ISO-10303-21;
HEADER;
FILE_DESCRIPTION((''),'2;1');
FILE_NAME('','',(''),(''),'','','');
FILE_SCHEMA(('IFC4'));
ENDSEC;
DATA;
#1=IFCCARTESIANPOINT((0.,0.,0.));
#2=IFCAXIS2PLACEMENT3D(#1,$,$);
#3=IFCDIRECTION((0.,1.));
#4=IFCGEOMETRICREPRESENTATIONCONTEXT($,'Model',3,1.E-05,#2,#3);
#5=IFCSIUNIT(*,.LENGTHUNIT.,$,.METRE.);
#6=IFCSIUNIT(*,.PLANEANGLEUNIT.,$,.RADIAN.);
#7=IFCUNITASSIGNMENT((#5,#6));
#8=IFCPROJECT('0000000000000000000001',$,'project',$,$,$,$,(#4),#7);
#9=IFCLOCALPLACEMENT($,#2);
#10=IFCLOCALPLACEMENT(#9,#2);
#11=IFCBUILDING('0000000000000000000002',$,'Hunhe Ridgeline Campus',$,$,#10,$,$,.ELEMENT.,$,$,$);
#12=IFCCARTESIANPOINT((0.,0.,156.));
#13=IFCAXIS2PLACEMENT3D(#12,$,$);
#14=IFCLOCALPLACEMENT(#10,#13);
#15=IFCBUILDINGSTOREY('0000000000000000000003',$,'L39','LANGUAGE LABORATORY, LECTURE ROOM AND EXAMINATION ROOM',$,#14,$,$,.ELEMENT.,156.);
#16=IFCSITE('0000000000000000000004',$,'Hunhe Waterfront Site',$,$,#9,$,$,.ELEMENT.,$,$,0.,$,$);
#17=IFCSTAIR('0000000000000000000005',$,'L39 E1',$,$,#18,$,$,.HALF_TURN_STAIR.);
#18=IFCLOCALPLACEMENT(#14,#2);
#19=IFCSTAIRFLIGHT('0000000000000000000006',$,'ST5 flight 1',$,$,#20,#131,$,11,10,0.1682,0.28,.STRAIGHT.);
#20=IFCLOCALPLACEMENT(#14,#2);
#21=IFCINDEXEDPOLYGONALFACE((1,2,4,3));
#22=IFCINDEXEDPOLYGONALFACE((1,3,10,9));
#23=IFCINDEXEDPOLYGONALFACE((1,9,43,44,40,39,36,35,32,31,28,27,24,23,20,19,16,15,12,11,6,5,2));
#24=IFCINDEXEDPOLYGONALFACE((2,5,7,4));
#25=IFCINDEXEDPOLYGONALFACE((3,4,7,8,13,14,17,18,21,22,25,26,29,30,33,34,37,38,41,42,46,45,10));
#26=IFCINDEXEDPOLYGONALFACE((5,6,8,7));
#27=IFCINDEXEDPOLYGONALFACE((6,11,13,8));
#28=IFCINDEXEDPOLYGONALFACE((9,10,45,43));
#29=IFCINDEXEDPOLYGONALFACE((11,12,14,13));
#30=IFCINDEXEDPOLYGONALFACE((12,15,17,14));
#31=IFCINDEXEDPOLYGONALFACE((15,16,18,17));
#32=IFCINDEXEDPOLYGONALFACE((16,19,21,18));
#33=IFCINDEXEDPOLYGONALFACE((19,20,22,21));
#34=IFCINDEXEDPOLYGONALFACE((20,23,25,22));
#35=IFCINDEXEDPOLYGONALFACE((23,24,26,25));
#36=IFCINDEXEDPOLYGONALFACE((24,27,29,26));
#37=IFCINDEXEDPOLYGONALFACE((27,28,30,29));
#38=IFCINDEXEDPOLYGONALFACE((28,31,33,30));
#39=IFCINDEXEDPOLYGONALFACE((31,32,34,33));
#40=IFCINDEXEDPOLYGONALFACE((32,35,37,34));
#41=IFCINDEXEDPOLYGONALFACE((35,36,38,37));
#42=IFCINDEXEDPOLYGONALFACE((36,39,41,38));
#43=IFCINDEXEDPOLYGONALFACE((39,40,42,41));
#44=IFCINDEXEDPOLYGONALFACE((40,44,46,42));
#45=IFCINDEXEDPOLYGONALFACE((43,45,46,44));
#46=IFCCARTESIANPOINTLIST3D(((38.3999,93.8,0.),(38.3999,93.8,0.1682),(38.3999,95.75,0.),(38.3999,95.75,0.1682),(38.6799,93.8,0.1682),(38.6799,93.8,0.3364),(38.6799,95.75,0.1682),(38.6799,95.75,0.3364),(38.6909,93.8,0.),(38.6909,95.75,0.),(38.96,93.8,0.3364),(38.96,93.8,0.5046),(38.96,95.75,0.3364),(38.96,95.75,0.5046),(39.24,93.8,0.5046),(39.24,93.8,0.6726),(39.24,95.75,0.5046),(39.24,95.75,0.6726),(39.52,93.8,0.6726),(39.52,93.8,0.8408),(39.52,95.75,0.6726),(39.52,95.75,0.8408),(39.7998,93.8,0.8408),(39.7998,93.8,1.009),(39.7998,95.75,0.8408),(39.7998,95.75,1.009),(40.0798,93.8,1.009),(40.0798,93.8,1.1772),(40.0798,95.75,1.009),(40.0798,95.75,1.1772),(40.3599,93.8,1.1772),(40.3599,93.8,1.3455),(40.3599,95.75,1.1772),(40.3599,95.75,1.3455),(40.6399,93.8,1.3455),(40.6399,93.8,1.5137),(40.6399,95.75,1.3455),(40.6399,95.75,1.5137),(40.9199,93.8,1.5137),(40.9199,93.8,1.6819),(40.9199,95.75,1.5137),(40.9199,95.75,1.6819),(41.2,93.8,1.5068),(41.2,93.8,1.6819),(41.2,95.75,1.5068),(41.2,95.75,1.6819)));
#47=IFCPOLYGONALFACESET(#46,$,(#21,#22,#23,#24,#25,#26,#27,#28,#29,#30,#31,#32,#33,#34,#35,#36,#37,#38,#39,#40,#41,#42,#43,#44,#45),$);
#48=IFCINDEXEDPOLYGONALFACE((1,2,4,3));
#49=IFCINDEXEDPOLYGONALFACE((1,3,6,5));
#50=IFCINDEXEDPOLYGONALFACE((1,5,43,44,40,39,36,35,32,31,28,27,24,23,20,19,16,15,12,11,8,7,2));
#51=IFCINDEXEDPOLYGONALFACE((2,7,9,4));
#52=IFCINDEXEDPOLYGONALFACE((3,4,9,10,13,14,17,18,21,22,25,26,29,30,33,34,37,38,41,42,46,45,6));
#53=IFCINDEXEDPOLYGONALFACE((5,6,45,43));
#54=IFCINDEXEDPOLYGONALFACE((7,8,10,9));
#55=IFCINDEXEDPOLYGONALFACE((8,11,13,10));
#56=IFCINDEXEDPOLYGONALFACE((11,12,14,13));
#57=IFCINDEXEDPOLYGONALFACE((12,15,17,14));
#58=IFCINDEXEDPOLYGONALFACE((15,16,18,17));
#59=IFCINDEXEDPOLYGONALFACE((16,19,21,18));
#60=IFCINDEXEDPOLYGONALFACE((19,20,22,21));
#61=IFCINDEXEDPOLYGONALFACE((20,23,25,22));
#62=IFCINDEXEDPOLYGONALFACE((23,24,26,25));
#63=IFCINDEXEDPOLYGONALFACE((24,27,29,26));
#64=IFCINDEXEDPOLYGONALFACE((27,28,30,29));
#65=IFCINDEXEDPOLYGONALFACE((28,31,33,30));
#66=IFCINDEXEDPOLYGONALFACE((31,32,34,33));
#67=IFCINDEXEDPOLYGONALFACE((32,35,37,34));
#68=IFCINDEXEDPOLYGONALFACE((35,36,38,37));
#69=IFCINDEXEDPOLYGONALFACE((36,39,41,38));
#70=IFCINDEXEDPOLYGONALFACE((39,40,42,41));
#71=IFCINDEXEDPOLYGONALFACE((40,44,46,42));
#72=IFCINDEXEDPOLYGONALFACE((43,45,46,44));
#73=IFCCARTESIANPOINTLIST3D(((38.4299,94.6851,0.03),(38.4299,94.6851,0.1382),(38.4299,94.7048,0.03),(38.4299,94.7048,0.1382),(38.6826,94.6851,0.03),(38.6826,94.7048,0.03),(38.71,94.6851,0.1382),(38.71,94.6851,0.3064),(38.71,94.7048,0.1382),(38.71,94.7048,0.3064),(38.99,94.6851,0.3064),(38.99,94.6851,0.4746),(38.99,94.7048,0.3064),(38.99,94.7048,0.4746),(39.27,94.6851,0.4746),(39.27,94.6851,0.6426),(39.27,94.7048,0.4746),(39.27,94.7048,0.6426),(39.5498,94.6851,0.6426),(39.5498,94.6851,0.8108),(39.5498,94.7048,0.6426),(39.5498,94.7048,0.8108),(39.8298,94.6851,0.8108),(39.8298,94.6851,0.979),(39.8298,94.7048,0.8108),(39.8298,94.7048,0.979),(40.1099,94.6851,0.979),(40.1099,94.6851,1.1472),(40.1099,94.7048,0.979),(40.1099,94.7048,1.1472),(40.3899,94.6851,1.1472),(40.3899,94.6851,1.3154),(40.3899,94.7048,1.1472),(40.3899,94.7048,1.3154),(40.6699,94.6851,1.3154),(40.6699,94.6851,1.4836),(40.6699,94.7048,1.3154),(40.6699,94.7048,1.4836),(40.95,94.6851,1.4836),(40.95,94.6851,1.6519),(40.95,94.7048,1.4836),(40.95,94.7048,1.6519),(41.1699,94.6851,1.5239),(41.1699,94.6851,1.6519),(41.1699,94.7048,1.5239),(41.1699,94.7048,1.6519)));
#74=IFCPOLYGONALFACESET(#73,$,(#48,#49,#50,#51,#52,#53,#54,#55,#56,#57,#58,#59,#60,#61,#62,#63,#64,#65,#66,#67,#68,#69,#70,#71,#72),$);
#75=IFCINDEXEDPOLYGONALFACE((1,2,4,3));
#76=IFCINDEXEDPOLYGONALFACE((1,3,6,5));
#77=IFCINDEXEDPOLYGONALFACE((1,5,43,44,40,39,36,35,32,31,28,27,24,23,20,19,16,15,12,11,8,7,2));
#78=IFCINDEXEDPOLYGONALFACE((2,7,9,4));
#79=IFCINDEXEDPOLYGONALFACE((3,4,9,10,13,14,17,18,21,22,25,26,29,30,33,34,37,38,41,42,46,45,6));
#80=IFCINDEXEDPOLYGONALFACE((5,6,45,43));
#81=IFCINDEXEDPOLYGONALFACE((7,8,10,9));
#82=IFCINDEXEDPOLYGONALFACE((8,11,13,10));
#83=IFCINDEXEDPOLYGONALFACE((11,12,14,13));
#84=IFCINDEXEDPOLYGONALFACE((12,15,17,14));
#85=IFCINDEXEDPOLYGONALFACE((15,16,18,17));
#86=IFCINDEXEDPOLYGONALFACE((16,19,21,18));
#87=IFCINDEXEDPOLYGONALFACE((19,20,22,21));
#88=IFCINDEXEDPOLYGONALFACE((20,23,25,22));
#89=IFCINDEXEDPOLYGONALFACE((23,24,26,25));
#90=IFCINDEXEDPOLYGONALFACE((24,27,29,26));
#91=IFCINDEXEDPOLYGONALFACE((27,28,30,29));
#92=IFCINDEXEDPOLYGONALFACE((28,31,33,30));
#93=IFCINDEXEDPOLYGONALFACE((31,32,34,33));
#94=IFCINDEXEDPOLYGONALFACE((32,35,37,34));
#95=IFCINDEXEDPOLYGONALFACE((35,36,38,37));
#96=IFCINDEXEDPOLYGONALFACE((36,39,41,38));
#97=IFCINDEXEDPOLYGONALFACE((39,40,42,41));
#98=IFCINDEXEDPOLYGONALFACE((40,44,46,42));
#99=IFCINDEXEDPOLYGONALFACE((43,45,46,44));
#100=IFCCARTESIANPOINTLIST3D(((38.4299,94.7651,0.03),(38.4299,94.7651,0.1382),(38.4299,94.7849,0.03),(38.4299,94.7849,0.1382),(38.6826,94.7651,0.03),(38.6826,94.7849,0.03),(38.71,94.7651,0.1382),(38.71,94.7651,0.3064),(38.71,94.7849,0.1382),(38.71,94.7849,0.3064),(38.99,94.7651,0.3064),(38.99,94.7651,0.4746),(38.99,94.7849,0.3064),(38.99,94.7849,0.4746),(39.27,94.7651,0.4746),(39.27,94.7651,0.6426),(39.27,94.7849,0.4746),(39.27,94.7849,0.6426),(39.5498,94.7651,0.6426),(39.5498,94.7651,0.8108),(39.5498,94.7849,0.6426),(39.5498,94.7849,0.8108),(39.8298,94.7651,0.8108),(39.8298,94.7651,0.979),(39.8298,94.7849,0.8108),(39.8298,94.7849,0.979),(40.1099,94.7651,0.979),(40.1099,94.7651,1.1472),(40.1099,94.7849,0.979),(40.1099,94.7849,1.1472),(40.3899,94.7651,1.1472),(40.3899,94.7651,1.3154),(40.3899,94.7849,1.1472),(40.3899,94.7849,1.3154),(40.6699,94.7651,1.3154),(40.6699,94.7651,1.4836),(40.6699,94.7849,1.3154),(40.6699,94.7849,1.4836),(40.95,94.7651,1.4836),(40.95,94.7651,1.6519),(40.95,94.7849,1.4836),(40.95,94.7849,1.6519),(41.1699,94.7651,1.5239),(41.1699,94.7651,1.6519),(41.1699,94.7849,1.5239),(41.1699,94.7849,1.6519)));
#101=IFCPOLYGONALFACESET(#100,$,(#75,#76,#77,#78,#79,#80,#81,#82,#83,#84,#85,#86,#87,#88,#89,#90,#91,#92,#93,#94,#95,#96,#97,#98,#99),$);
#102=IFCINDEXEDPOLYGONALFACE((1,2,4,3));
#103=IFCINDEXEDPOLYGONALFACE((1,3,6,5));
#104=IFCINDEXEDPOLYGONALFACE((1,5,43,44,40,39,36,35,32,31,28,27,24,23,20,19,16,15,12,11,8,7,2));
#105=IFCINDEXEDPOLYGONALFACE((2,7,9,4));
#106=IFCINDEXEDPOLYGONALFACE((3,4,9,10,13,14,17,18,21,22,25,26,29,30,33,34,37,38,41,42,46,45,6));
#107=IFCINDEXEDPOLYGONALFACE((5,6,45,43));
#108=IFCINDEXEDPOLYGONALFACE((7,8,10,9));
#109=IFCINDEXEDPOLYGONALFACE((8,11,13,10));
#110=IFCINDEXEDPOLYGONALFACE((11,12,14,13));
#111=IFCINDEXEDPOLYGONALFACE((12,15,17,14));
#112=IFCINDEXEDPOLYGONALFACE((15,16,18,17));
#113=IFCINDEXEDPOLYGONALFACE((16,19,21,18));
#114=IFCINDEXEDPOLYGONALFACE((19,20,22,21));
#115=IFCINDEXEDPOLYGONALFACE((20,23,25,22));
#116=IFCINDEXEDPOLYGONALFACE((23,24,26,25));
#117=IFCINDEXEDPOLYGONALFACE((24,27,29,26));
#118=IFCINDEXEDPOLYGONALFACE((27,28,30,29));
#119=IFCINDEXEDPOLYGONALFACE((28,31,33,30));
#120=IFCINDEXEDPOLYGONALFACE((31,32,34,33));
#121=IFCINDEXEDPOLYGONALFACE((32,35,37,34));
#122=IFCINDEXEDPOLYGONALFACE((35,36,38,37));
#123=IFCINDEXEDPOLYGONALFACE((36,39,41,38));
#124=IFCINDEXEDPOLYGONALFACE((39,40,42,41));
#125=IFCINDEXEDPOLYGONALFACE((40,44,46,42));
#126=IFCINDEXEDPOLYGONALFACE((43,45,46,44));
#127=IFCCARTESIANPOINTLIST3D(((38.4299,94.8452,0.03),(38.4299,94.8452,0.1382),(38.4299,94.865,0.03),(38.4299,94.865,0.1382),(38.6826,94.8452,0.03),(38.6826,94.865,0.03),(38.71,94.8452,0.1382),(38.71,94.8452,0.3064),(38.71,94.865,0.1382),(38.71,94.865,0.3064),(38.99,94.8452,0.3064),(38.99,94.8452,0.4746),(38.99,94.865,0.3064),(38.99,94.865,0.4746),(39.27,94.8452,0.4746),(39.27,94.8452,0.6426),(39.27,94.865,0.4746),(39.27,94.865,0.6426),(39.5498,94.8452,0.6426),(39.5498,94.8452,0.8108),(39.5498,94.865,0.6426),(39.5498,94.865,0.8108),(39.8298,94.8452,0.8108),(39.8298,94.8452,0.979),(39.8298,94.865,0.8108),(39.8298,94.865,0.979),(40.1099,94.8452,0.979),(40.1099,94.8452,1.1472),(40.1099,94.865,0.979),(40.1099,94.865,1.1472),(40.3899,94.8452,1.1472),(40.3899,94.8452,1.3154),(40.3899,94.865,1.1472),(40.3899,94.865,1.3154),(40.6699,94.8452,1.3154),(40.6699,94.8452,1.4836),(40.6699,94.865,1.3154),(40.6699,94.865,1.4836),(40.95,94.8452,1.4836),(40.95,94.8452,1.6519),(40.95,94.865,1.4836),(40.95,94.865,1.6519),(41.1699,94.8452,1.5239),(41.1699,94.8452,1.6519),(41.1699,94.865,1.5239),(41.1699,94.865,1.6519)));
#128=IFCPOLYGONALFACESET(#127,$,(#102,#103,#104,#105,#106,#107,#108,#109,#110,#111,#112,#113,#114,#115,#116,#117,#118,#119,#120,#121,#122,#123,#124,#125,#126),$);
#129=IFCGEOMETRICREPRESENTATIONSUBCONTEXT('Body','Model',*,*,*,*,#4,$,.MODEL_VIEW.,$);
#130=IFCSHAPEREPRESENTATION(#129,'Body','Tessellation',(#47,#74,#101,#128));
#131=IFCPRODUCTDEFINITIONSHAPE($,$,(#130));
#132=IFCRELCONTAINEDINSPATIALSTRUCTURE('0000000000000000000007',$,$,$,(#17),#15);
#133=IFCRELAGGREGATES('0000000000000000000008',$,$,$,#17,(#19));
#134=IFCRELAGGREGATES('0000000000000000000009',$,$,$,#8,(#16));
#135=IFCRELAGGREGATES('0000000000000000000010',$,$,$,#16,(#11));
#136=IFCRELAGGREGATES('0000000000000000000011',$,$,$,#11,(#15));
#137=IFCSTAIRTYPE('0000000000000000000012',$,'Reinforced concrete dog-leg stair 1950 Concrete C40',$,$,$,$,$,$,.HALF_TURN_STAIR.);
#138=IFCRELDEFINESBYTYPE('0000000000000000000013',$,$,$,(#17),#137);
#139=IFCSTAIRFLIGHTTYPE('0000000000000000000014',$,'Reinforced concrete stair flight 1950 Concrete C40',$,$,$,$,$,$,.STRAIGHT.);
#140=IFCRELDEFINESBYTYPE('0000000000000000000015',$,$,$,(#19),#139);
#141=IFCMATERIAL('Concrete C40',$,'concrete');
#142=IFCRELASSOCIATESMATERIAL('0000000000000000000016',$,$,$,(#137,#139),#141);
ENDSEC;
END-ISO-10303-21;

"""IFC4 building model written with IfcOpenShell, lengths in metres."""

from ifc_helpers import new_model, si_unit, direction, frame, origin, place, context, subcontext, project, spatial, polyline, outline, extrude, material, type_object, element, aggregate, save


model = new_model("IFC4")

# Units and contexts
model_context = context("Model", 3, precision=1e-05, world=origin(), true_north=direction((0.0, 1.0)))
body_context = subcontext(model_context, "Body", "Model", "MODEL_VIEW")
ifc_project = project(units=[si_unit("LENGTHUNIT", "METRE"), si_unit("PLANEANGLEUNIT", "RADIAN")], contexts=[model_context])

# Site, building, storey
site_placement = place(None, origin())
site = spatial("IfcSite", under=ifc_project, at=site_placement, Name="Hunhe Waterfront Site", CompositionType="ELEMENT", RefElevation=0.0)
building_placement = place(site_placement, origin())
building = spatial("IfcBuilding", under=site, at=building_placement, Name="Hunhe Ridgeline Campus", CompositionType="ELEMENT")
storey_placement = place(building_placement, frame((0.0, 0.0, 156.0)))
storey = spatial("IfcBuildingStorey", under=building, at=storey_placement, Name="L39", Description="LANGUAGE LABORATORY, LECTURE ROOM AND EXAMINATION ROOM", CompositionType="ELEMENT", Elevation=156.0)

# Stair, stair flight
ifc_material_1 = material(Name="Concrete C40", Category="concrete")
stair_type = type_object("IfcStairType", Name="Reinforced concrete dog-leg stair 1950 Concrete C40", PredefinedType="HALF_TURN_STAIR", material=ifc_material_1)
stair_flight_type = type_object("IfcStairFlightType", Name="Reinforced concrete stair flight 1950 Concrete C40", PredefinedType="STRAIGHT", material=ifc_material_1)
stair_1_placement = place(storey_placement, origin())
stair_1 = element("IfcStair", 1, at=stair_1_placement, inside=storey, type_object=stair_type, Name="L39 E1", PredefinedType="HALF_TURN_STAIR")
stair_flight_1_placement = place(storey_placement, frame((38.3999, 94.7749, 0.0), z_axis=(0.0, 0.0, 1.0), x_axis=(1.0, 0.0, 0.0)))
stair_flight_1 = element("IfcStairFlight", 2, at=stair_flight_1_placement, type_object=stair_flight_type, Name="ST5 flight 1", NumberOfRisers=11, NumberOfTreads=10, PredefinedType="STRAIGHT", RiserHeight=0.1682, TreadLength=0.28, context=body_context, shape_type="SweptSolid", body=[
    extrude(outline(polyline([(0.0, 0.0), (0.0, 0.1682), (0.28, 0.1682), (0.28, 0.3364), (0.5601, 0.3364), (0.5601, 0.5046), (0.8401, 0.5046), (0.8401, 0.6726), (1.1201, 0.6726), (1.1201, 0.8408), (1.3999, 0.8408), (1.3999, 1.009), (1.6799, 1.009), (1.6799, 1.1772), (1.96, 1.1772), (1.96, 1.3455), (2.24, 1.3455), (2.24, 1.5137), (2.52, 1.5137), (2.52, 1.6819), (2.8, 1.6819), (2.8, 1.8501), (2.8, 1.5068), (0.291, 0.0), (0.0, 0.0)])), frame((0.0, 0.9751, 0.0), z_axis=(0.0, -1.0, 0.0), x_axis=(1.0, 0.0, 0.0)), (0.0, 0.0, 1.0), 1.95),
    extrude(outline(polyline([(0.03, 0.03), (0.03, 0.1382), (0.3101, 0.1382), (0.3101, 0.3064), (0.5901, 0.3064), (0.5901, 0.4746), (0.8701, 0.4746), (0.8701, 0.6426), (1.1499, 0.6426), (1.1499, 0.8108), (1.4299, 0.8108), (1.4299, 0.979), (1.71, 0.979), (1.71, 1.1472), (1.99, 1.1472), (1.99, 1.3154), (2.27, 1.3154), (2.27, 1.4836), (2.55, 1.4836), (2.55, 1.6519), (2.77, 1.6519), (2.77, 1.5239), (0.2827, 0.03), (0.03, 0.03)])), frame((0.0, -0.0701, 0.0), z_axis=(0.0, -1.0, 0.0), x_axis=(1.0, 0.0, 0.0)), (0.0, 0.0, 1.0), 0.0198),
    extrude(outline(polyline([(0.03, 0.03), (0.03, 0.1382), (0.3101, 0.1382), (0.3101, 0.3064), (0.5901, 0.3064), (0.5901, 0.4746), (0.8701, 0.4746), (0.8701, 0.6426), (1.1499, 0.6426), (1.1499, 0.8108), (1.4299, 0.8108), (1.4299, 0.979), (1.71, 0.979), (1.71, 1.1472), (1.99, 1.1472), (1.99, 1.3154), (2.27, 1.3154), (2.27, 1.4836), (2.55, 1.4836), (2.55, 1.6519), (2.77, 1.6519), (2.77, 1.5239), (0.2827, 0.03), (0.03, 0.03)])), frame((0.0, 0.01, 0.0), z_axis=(0.0, -1.0, 0.0), x_axis=(1.0, 0.0, 0.0)), (0.0, 0.0, 1.0), 0.0198),
    extrude(outline(polyline([(0.03, 0.03), (0.03, 0.1382), (0.3101, 0.1382), (0.3101, 0.3064), (0.5901, 0.3064), (0.5901, 0.4746), (0.8701, 0.4746), (0.8701, 0.6426), (1.1499, 0.6426), (1.1499, 0.8108), (1.4299, 0.8108), (1.4299, 0.979), (1.71, 0.979), (1.71, 1.1472), (1.99, 1.1472), (1.99, 1.3154), (2.27, 1.3154), (2.27, 1.4836), (2.55, 1.4836), (2.55, 1.6519), (2.77, 1.6519), (2.77, 1.5239), (0.2827, 0.03), (0.03, 0.03)])), frame((0.0, 0.0901, 0.0), z_axis=(0.0, -1.0, 0.0), x_axis=(1.0, 0.0, 0.0)), (0.0, 0.0, 1.0), 0.0198),
])
aggregate(stair_1, [stair_flight_1])

save(model, "model.ifc")
